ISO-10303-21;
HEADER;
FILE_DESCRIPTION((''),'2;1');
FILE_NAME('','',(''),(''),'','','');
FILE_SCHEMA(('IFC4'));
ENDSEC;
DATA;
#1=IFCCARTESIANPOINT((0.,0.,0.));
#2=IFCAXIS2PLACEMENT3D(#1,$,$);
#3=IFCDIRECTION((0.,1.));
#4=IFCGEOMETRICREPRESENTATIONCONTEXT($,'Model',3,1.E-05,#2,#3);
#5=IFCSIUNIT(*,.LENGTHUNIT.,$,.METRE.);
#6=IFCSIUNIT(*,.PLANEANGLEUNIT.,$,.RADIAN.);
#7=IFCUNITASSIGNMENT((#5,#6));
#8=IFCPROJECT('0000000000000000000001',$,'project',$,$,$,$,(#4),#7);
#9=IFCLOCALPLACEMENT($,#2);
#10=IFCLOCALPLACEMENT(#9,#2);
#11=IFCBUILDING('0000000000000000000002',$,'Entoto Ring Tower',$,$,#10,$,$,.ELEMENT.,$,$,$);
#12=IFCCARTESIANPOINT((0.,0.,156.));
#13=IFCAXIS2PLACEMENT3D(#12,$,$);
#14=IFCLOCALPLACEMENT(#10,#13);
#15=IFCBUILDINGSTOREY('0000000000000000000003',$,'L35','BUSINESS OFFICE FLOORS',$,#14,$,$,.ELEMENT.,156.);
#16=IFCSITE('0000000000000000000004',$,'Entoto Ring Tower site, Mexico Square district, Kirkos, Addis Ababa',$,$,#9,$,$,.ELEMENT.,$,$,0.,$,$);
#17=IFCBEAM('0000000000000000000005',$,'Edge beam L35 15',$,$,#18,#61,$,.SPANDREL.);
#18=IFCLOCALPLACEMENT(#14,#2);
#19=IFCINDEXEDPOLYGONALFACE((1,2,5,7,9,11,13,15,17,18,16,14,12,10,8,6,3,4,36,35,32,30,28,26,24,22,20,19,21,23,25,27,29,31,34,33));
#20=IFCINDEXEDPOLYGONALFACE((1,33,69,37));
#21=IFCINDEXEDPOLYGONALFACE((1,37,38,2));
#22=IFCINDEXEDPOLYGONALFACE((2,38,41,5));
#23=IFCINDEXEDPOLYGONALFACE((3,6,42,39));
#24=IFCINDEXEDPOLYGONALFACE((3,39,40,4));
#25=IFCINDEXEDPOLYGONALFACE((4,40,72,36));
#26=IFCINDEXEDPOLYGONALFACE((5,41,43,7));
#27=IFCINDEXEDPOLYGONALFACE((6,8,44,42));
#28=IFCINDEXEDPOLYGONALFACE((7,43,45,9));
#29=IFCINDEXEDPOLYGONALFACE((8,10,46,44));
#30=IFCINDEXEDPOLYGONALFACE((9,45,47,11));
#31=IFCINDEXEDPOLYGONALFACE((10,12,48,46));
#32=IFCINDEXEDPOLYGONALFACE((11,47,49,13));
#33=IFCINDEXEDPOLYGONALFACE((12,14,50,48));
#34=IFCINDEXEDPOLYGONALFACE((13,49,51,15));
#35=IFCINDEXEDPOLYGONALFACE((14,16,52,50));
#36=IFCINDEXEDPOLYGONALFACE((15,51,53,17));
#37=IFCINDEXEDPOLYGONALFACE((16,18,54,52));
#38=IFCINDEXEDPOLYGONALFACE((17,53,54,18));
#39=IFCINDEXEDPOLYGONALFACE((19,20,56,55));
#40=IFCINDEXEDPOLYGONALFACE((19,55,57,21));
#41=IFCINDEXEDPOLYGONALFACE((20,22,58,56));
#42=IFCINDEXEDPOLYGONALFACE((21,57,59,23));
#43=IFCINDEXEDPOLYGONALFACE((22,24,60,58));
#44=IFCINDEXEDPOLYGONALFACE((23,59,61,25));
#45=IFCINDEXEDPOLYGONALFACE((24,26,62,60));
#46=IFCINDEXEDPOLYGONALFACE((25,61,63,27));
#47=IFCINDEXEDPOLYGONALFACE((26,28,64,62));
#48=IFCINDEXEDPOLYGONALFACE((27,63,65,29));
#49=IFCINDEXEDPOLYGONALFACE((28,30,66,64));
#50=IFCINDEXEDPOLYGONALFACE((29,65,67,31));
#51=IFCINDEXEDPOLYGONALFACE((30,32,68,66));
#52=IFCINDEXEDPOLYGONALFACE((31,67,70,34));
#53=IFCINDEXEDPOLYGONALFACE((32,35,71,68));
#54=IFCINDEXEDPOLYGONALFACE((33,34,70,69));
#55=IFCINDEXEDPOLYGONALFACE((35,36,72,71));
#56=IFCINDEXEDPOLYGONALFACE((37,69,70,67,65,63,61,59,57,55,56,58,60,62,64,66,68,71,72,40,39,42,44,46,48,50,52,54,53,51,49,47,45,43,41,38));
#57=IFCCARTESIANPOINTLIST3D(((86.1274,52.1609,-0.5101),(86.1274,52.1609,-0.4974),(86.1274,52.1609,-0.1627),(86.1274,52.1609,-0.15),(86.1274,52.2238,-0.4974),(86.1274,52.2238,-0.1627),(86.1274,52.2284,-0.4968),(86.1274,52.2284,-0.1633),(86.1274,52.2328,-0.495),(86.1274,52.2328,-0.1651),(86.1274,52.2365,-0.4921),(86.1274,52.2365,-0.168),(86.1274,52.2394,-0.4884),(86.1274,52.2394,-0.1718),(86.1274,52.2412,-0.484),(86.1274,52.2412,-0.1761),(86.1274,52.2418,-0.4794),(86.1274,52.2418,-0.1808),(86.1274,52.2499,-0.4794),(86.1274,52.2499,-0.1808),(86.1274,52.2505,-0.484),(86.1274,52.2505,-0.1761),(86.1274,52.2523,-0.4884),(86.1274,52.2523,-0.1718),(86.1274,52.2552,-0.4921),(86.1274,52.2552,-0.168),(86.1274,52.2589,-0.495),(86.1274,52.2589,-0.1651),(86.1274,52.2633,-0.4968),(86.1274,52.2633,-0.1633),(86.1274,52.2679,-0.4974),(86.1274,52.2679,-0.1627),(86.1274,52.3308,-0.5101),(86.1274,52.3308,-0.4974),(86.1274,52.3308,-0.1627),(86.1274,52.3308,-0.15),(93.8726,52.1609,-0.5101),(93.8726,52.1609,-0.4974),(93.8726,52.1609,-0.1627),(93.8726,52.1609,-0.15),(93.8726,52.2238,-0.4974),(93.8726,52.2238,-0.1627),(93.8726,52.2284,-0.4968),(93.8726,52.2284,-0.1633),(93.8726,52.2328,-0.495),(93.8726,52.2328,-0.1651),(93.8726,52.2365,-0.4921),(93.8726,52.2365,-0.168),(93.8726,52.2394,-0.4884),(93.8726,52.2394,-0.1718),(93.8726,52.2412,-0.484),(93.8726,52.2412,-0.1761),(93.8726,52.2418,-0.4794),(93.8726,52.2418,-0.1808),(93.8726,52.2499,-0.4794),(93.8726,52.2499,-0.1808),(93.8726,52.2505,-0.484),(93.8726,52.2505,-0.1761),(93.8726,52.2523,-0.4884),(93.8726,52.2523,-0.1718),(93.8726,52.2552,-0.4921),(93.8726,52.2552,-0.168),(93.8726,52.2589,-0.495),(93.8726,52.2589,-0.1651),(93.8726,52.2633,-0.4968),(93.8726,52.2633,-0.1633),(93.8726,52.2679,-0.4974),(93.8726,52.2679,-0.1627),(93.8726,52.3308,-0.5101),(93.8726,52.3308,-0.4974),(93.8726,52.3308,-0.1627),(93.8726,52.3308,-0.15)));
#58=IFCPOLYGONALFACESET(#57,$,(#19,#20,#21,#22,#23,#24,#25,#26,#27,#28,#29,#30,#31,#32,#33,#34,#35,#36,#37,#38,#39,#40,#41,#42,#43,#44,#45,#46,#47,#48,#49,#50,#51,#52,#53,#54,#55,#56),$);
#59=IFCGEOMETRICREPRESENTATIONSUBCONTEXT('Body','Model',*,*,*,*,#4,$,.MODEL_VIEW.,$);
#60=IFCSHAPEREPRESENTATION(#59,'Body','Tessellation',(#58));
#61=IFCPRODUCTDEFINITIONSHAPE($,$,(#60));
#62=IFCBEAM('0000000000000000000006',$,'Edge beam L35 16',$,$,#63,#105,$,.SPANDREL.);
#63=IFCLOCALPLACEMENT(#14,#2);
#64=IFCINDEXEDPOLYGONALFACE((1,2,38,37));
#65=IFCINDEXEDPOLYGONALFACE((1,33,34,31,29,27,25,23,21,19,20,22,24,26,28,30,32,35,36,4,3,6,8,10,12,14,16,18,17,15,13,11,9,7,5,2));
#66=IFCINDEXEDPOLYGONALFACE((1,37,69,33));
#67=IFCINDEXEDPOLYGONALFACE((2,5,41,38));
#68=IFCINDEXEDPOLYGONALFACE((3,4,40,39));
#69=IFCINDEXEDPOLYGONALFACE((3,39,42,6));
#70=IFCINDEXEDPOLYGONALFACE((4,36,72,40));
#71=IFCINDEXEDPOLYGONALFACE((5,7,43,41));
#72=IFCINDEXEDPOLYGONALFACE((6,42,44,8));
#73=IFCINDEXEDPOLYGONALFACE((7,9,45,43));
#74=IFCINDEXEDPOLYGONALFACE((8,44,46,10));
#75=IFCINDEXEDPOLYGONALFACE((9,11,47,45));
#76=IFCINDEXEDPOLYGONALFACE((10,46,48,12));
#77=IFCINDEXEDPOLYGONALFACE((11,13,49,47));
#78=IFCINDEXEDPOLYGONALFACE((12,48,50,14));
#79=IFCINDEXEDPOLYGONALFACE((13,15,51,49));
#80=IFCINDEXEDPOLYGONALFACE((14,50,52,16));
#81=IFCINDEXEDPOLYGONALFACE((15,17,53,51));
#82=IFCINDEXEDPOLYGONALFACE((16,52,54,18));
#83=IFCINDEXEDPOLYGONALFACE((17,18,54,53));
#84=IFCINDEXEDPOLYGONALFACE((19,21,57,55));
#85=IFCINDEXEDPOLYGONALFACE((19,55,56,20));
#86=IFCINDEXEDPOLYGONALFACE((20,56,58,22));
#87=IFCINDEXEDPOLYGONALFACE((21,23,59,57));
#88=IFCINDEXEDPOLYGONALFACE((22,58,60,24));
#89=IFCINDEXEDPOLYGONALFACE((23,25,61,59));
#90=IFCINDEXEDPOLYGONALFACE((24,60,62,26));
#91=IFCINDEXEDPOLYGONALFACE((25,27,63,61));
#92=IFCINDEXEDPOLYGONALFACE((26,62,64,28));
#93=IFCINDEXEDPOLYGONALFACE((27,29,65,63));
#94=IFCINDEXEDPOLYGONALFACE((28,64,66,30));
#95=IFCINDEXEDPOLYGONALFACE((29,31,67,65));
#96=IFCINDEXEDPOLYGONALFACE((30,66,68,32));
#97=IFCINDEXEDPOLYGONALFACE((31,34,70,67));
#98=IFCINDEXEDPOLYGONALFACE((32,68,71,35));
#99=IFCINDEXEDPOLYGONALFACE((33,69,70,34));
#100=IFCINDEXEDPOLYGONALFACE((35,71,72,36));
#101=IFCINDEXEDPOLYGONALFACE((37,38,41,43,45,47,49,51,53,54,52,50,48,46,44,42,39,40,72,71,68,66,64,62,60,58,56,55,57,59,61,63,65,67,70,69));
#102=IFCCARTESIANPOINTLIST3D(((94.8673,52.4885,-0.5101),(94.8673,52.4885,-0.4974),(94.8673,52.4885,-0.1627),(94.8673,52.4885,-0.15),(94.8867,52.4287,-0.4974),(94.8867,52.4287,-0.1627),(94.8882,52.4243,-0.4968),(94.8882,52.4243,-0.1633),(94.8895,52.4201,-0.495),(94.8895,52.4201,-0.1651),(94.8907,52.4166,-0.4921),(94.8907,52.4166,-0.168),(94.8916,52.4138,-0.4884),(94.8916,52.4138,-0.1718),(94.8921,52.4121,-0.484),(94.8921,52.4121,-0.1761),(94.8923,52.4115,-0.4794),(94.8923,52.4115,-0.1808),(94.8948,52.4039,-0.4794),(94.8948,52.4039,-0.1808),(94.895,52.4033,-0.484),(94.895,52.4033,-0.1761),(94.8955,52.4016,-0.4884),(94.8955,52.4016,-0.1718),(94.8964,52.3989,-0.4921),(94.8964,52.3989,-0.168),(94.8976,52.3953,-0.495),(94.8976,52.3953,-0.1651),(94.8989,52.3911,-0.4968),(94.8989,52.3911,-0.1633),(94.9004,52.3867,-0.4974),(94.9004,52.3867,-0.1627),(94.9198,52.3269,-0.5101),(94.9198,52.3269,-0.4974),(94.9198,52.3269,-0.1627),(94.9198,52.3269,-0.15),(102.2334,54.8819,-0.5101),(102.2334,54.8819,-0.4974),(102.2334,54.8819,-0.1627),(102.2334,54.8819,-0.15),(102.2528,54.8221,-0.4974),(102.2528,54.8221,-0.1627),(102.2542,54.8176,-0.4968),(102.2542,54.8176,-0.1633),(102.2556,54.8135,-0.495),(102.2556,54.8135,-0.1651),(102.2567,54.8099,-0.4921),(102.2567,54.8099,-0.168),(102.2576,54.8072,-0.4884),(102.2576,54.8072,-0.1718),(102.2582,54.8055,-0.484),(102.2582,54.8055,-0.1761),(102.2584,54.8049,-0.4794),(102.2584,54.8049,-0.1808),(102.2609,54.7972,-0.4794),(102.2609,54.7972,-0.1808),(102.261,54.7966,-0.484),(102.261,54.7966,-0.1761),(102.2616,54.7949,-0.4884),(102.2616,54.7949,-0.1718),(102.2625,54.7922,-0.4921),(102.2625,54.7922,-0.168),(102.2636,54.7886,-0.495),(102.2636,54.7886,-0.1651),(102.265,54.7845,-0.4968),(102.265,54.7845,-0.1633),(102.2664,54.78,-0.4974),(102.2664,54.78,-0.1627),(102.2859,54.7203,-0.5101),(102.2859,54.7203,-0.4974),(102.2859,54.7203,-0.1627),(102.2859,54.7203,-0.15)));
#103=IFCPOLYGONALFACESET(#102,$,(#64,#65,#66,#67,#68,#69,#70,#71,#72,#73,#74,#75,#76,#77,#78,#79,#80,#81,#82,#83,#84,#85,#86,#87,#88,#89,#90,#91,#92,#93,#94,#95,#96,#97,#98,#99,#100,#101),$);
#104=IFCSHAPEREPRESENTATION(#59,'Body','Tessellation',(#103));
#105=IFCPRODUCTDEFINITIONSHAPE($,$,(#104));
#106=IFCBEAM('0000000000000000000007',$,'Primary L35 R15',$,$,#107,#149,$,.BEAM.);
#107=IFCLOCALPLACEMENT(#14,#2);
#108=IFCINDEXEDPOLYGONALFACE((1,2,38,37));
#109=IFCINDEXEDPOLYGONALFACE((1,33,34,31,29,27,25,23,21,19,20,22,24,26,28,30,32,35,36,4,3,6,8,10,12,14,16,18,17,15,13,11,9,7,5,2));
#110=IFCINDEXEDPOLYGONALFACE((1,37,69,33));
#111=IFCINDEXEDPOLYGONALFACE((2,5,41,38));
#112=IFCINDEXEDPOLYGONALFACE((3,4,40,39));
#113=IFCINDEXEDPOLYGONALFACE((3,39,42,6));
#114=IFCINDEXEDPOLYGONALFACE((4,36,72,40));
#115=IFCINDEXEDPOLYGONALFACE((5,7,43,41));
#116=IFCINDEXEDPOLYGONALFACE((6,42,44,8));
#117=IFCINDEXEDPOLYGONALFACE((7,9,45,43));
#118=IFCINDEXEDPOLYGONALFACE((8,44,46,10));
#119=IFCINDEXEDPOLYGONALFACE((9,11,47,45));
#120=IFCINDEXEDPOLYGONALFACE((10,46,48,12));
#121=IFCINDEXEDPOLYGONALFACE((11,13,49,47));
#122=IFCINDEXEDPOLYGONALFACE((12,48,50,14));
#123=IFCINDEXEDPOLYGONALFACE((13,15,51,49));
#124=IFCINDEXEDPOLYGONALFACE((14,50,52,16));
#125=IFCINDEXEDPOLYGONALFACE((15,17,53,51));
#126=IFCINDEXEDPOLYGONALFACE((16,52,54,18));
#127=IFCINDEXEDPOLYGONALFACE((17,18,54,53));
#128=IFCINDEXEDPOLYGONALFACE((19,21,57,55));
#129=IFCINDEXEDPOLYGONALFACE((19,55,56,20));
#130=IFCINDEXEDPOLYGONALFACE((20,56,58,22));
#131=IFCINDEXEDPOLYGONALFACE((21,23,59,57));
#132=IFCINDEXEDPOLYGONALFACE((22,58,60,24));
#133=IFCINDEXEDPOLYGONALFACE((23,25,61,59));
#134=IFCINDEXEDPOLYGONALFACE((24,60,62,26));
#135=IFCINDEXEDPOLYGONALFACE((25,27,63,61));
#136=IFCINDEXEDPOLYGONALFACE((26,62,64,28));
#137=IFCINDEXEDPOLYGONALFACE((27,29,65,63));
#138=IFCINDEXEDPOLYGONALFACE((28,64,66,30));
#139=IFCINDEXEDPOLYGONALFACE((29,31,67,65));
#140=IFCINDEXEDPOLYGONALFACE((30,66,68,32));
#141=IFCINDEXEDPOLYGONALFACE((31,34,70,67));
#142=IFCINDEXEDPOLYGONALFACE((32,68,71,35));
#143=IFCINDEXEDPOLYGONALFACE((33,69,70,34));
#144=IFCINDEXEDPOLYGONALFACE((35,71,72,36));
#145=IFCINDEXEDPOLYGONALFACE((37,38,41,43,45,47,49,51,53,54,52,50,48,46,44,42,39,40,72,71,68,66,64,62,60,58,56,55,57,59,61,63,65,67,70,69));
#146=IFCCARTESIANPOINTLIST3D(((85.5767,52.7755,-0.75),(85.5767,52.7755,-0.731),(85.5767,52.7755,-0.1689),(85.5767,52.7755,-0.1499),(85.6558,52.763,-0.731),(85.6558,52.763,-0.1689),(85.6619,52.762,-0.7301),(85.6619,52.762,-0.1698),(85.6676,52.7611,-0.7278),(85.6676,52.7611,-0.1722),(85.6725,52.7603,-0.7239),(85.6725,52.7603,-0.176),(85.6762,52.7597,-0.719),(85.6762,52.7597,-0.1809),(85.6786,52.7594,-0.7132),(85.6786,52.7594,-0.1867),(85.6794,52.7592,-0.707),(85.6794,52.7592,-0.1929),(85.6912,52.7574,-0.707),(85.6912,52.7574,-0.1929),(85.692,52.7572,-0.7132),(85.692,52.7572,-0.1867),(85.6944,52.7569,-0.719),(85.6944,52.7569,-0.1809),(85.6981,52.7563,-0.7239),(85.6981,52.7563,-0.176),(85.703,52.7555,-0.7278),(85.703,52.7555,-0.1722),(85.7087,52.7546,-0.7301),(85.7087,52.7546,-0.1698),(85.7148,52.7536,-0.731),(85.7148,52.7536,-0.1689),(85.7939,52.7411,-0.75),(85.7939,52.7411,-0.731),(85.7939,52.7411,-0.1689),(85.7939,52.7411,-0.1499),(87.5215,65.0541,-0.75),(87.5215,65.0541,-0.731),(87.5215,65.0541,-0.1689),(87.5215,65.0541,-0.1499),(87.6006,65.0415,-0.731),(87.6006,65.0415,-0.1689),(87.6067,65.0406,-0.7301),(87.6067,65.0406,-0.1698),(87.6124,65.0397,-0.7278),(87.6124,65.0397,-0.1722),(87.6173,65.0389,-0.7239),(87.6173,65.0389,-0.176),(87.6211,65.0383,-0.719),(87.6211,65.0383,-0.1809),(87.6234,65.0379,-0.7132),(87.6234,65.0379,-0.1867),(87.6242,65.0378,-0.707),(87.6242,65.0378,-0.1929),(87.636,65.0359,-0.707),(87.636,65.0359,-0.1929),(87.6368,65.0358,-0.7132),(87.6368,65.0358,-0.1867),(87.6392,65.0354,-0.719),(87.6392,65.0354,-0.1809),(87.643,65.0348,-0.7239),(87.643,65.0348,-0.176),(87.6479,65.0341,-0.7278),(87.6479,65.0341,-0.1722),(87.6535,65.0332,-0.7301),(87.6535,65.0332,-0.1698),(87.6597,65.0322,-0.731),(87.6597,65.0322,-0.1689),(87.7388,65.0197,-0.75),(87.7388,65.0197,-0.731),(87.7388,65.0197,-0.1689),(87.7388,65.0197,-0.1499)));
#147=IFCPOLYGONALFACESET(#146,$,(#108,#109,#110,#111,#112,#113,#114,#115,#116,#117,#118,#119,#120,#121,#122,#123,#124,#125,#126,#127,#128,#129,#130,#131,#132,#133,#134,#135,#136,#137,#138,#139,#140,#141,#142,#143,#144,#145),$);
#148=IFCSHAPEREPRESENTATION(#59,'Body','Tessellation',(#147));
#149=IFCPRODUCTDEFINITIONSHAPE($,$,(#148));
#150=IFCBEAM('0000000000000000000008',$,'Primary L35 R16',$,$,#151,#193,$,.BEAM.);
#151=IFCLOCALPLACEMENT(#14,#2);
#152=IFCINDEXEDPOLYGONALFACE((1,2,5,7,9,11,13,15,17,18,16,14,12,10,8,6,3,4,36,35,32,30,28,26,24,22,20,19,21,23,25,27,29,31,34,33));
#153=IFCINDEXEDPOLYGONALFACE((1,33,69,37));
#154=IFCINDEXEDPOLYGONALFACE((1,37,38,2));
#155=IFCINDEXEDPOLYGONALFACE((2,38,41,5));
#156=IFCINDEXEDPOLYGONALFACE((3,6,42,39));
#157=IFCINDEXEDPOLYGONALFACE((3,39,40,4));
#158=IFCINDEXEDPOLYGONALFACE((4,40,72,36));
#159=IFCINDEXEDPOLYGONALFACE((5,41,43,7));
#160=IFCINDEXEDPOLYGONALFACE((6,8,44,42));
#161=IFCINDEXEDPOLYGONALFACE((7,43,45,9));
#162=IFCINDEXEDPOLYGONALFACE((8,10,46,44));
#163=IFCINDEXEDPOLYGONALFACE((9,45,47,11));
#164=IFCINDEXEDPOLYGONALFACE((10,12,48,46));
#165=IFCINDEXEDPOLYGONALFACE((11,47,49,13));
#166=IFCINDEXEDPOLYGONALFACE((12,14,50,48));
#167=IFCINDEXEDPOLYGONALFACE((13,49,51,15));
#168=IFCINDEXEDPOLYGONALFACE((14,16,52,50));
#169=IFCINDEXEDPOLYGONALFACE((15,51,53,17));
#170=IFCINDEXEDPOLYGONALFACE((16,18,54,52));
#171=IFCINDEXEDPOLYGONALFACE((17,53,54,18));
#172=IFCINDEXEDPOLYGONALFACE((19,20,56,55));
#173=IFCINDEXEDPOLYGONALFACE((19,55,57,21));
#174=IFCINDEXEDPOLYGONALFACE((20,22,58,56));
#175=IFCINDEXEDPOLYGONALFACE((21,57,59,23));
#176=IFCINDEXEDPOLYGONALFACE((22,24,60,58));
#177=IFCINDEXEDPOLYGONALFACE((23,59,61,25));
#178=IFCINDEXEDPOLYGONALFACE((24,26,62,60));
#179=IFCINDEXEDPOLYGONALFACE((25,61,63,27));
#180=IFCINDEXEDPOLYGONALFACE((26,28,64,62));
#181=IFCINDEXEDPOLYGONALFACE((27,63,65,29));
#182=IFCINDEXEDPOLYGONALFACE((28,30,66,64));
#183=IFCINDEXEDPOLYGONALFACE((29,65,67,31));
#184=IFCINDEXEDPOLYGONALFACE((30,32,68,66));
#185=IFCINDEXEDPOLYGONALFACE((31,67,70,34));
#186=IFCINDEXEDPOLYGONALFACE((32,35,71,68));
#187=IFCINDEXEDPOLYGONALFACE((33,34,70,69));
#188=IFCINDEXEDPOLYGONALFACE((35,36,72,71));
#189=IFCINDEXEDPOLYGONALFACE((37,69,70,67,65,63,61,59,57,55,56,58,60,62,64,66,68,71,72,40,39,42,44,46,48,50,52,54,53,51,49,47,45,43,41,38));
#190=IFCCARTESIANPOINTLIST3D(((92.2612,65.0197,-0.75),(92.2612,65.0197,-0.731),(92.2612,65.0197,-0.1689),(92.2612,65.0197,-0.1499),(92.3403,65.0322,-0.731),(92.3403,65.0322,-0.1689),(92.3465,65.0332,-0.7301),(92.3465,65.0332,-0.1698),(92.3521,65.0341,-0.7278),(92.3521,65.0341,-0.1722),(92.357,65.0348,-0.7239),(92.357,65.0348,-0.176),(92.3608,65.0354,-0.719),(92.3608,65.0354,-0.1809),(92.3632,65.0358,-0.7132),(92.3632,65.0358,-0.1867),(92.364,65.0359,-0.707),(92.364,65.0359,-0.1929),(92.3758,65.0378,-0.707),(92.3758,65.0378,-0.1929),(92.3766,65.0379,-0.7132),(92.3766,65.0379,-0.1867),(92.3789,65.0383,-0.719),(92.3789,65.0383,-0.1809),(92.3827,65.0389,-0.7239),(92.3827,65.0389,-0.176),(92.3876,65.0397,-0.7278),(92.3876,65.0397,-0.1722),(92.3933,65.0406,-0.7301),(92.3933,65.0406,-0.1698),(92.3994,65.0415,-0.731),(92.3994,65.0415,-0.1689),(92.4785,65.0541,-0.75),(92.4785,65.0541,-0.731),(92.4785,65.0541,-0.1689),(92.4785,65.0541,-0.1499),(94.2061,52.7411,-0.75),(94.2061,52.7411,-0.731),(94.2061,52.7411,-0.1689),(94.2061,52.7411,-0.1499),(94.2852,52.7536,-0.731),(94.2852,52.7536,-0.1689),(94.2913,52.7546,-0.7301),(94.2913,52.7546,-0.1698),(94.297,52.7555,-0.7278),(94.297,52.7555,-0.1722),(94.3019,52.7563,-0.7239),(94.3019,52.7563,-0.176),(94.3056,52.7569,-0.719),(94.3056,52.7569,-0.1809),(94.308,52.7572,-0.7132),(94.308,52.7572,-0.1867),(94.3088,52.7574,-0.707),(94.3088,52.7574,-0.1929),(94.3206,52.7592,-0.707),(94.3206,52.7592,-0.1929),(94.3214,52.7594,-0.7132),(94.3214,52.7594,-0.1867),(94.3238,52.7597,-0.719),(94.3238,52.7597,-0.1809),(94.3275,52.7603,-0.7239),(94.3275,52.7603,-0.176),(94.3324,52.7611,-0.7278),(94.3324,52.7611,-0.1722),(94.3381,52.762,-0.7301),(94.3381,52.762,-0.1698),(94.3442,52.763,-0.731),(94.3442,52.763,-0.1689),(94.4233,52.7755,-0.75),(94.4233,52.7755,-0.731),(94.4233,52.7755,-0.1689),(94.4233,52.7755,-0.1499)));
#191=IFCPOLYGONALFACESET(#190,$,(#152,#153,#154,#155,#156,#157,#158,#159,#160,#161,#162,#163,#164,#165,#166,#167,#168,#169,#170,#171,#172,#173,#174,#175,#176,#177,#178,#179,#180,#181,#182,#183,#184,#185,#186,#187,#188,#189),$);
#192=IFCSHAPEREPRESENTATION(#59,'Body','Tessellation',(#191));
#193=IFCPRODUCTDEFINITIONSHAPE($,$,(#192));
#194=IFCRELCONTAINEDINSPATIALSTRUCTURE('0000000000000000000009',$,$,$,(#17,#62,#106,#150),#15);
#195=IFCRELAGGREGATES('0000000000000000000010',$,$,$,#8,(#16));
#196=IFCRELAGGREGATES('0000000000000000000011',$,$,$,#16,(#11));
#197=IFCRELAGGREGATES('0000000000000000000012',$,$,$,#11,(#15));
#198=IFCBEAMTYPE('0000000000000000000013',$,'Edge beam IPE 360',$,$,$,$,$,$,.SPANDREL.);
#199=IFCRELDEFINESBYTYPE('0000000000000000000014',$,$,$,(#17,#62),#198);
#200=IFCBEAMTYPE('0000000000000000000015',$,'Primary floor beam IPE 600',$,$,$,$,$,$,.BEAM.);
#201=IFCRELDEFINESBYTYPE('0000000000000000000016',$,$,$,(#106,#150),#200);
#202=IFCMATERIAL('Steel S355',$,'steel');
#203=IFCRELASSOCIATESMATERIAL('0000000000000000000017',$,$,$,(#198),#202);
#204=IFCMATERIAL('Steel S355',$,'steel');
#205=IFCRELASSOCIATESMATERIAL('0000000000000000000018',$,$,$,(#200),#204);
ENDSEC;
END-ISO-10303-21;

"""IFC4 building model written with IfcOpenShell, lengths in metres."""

from ifc_helpers import new_model, si_unit, direction, frame, origin, origin_2d, place, context, subcontext, project, spatial, i_section, extrude, material, material_profile, profile_set, type_object, element, save


model = new_model("IFC4")

# Units and contexts
model_context = context("Model", 3, precision=1e-05, world=origin(), true_north=direction((0.0, 1.0)))
body_context = subcontext(model_context, "Body", "Model", "MODEL_VIEW")
ifc_project = project(units=[si_unit("LENGTHUNIT", "METRE"), si_unit("PLANEANGLEUNIT", "RADIAN")], contexts=[model_context])

# Site, building, storey
site_placement = place(None, origin())
site = spatial("IfcSite", under=ifc_project, at=site_placement, Name="Entoto Ring Tower site, Mexico Square district, Kirkos, Addis Ababa", CompositionType="ELEMENT", RefElevation=0.0)
building_placement = place(site_placement, origin())
building = spatial("IfcBuilding", under=site, at=building_placement, Name="Entoto Ring Tower", CompositionType="ELEMENT")
storey_placement = place(building_placement, frame((0.0, 0.0, 156.0)))
storey = spatial("IfcBuildingStorey", under=building, at=storey_placement, Name="L35", Description="BUSINESS OFFICE FLOORS", CompositionType="ELEMENT", Elevation=156.0)

# Beams
ifc_material_1 = material(Name="Steel S355", Category="steel")
ifc_material_profile_1 = material_profile(ifc_material_1, i_section(OverallWidth=0.1699, OverallDepth=0.3601, WebThickness=0.0081, FlangeThickness=0.0127, FilletRadius=0.0181, at=origin_2d()), Name="IPE 360")
ifc_profile_set_1 = profile_set([ifc_material_profile_1], Name="Steel S355")
beam_type_1 = type_object("IfcBeamType", Name="Edge beam IPE 360", PredefinedType="SPANDREL", material=ifc_profile_set_1)
for number, where, z_axis, x_axis, name in (
    (1, (86.1274, 52.2458, -0.3301), (1.0, 0.0, 0.0), (0.0, 1.0, 0.0), "Edge beam L35 15"),
    (2, (94.8936, 52.4077, -0.3301), (0.951058, 0.309013, 0.0), (-0.309013, 0.951058, 0.0), "Edge beam L35 16"),
):
    element("IfcBeam", number, at=place(storey_placement, frame(where, z_axis=z_axis, x_axis=x_axis)), inside=storey, type_object=beam_type_1, Name=name, PredefinedType="SPANDREL", context=body_context, shape_type="SweptSolid", body=[
        extrude(i_section(OverallWidth=0.1699, OverallDepth=0.3601, WebThickness=0.0081, FlangeThickness=0.0127, FilletRadius=0.0181, at=origin_2d()), origin(), (0.0, 0.0, 1.0), 7.7451),
    ])
ifc_material_2 = material(Name="Steel S355", Category="steel")
ifc_material_profile_2 = material_profile(ifc_material_2, i_section(OverallWidth=0.22, OverallDepth=0.6001, WebThickness=0.012, FlangeThickness=0.019, FilletRadius=0.0239, at=origin_2d()), Name="IPE 600")
ifc_profile_set_2 = profile_set([ifc_material_profile_2], Name="Steel S355")
beam_type_2 = type_object("IfcBeamType", Name="Primary floor beam IPE 600", PredefinedType="BEAM", material=ifc_profile_set_2)
for number, where, z_axis, x_axis, name in (
    (3, (87.6301, 65.0369, -0.45), (-0.156442, -0.987687, 0.0), (0.987687, -0.156442, 0.0), "Primary L35 R15"),
    (4, (92.3699, 65.0369, -0.45), (0.156442, -0.987687, 0.0), (0.987687, 0.156442, 0.0), "Primary L35 R16"),
):
    element("IfcBeam", number, at=place(storey_placement, frame(where, z_axis=z_axis, x_axis=x_axis)), inside=storey, type_object=beam_type_2, Name=name, PredefinedType="BEAM", context=body_context, shape_type="SweptSolid", body=[
        extrude(i_section(OverallWidth=0.22, OverallDepth=0.6001, WebThickness=0.012, FlangeThickness=0.019, FilletRadius=0.0239, at=origin_2d()), origin(), (0.0, 0.0, 1.0), 12.4316),
    ])

save(model, "model.ifc")
